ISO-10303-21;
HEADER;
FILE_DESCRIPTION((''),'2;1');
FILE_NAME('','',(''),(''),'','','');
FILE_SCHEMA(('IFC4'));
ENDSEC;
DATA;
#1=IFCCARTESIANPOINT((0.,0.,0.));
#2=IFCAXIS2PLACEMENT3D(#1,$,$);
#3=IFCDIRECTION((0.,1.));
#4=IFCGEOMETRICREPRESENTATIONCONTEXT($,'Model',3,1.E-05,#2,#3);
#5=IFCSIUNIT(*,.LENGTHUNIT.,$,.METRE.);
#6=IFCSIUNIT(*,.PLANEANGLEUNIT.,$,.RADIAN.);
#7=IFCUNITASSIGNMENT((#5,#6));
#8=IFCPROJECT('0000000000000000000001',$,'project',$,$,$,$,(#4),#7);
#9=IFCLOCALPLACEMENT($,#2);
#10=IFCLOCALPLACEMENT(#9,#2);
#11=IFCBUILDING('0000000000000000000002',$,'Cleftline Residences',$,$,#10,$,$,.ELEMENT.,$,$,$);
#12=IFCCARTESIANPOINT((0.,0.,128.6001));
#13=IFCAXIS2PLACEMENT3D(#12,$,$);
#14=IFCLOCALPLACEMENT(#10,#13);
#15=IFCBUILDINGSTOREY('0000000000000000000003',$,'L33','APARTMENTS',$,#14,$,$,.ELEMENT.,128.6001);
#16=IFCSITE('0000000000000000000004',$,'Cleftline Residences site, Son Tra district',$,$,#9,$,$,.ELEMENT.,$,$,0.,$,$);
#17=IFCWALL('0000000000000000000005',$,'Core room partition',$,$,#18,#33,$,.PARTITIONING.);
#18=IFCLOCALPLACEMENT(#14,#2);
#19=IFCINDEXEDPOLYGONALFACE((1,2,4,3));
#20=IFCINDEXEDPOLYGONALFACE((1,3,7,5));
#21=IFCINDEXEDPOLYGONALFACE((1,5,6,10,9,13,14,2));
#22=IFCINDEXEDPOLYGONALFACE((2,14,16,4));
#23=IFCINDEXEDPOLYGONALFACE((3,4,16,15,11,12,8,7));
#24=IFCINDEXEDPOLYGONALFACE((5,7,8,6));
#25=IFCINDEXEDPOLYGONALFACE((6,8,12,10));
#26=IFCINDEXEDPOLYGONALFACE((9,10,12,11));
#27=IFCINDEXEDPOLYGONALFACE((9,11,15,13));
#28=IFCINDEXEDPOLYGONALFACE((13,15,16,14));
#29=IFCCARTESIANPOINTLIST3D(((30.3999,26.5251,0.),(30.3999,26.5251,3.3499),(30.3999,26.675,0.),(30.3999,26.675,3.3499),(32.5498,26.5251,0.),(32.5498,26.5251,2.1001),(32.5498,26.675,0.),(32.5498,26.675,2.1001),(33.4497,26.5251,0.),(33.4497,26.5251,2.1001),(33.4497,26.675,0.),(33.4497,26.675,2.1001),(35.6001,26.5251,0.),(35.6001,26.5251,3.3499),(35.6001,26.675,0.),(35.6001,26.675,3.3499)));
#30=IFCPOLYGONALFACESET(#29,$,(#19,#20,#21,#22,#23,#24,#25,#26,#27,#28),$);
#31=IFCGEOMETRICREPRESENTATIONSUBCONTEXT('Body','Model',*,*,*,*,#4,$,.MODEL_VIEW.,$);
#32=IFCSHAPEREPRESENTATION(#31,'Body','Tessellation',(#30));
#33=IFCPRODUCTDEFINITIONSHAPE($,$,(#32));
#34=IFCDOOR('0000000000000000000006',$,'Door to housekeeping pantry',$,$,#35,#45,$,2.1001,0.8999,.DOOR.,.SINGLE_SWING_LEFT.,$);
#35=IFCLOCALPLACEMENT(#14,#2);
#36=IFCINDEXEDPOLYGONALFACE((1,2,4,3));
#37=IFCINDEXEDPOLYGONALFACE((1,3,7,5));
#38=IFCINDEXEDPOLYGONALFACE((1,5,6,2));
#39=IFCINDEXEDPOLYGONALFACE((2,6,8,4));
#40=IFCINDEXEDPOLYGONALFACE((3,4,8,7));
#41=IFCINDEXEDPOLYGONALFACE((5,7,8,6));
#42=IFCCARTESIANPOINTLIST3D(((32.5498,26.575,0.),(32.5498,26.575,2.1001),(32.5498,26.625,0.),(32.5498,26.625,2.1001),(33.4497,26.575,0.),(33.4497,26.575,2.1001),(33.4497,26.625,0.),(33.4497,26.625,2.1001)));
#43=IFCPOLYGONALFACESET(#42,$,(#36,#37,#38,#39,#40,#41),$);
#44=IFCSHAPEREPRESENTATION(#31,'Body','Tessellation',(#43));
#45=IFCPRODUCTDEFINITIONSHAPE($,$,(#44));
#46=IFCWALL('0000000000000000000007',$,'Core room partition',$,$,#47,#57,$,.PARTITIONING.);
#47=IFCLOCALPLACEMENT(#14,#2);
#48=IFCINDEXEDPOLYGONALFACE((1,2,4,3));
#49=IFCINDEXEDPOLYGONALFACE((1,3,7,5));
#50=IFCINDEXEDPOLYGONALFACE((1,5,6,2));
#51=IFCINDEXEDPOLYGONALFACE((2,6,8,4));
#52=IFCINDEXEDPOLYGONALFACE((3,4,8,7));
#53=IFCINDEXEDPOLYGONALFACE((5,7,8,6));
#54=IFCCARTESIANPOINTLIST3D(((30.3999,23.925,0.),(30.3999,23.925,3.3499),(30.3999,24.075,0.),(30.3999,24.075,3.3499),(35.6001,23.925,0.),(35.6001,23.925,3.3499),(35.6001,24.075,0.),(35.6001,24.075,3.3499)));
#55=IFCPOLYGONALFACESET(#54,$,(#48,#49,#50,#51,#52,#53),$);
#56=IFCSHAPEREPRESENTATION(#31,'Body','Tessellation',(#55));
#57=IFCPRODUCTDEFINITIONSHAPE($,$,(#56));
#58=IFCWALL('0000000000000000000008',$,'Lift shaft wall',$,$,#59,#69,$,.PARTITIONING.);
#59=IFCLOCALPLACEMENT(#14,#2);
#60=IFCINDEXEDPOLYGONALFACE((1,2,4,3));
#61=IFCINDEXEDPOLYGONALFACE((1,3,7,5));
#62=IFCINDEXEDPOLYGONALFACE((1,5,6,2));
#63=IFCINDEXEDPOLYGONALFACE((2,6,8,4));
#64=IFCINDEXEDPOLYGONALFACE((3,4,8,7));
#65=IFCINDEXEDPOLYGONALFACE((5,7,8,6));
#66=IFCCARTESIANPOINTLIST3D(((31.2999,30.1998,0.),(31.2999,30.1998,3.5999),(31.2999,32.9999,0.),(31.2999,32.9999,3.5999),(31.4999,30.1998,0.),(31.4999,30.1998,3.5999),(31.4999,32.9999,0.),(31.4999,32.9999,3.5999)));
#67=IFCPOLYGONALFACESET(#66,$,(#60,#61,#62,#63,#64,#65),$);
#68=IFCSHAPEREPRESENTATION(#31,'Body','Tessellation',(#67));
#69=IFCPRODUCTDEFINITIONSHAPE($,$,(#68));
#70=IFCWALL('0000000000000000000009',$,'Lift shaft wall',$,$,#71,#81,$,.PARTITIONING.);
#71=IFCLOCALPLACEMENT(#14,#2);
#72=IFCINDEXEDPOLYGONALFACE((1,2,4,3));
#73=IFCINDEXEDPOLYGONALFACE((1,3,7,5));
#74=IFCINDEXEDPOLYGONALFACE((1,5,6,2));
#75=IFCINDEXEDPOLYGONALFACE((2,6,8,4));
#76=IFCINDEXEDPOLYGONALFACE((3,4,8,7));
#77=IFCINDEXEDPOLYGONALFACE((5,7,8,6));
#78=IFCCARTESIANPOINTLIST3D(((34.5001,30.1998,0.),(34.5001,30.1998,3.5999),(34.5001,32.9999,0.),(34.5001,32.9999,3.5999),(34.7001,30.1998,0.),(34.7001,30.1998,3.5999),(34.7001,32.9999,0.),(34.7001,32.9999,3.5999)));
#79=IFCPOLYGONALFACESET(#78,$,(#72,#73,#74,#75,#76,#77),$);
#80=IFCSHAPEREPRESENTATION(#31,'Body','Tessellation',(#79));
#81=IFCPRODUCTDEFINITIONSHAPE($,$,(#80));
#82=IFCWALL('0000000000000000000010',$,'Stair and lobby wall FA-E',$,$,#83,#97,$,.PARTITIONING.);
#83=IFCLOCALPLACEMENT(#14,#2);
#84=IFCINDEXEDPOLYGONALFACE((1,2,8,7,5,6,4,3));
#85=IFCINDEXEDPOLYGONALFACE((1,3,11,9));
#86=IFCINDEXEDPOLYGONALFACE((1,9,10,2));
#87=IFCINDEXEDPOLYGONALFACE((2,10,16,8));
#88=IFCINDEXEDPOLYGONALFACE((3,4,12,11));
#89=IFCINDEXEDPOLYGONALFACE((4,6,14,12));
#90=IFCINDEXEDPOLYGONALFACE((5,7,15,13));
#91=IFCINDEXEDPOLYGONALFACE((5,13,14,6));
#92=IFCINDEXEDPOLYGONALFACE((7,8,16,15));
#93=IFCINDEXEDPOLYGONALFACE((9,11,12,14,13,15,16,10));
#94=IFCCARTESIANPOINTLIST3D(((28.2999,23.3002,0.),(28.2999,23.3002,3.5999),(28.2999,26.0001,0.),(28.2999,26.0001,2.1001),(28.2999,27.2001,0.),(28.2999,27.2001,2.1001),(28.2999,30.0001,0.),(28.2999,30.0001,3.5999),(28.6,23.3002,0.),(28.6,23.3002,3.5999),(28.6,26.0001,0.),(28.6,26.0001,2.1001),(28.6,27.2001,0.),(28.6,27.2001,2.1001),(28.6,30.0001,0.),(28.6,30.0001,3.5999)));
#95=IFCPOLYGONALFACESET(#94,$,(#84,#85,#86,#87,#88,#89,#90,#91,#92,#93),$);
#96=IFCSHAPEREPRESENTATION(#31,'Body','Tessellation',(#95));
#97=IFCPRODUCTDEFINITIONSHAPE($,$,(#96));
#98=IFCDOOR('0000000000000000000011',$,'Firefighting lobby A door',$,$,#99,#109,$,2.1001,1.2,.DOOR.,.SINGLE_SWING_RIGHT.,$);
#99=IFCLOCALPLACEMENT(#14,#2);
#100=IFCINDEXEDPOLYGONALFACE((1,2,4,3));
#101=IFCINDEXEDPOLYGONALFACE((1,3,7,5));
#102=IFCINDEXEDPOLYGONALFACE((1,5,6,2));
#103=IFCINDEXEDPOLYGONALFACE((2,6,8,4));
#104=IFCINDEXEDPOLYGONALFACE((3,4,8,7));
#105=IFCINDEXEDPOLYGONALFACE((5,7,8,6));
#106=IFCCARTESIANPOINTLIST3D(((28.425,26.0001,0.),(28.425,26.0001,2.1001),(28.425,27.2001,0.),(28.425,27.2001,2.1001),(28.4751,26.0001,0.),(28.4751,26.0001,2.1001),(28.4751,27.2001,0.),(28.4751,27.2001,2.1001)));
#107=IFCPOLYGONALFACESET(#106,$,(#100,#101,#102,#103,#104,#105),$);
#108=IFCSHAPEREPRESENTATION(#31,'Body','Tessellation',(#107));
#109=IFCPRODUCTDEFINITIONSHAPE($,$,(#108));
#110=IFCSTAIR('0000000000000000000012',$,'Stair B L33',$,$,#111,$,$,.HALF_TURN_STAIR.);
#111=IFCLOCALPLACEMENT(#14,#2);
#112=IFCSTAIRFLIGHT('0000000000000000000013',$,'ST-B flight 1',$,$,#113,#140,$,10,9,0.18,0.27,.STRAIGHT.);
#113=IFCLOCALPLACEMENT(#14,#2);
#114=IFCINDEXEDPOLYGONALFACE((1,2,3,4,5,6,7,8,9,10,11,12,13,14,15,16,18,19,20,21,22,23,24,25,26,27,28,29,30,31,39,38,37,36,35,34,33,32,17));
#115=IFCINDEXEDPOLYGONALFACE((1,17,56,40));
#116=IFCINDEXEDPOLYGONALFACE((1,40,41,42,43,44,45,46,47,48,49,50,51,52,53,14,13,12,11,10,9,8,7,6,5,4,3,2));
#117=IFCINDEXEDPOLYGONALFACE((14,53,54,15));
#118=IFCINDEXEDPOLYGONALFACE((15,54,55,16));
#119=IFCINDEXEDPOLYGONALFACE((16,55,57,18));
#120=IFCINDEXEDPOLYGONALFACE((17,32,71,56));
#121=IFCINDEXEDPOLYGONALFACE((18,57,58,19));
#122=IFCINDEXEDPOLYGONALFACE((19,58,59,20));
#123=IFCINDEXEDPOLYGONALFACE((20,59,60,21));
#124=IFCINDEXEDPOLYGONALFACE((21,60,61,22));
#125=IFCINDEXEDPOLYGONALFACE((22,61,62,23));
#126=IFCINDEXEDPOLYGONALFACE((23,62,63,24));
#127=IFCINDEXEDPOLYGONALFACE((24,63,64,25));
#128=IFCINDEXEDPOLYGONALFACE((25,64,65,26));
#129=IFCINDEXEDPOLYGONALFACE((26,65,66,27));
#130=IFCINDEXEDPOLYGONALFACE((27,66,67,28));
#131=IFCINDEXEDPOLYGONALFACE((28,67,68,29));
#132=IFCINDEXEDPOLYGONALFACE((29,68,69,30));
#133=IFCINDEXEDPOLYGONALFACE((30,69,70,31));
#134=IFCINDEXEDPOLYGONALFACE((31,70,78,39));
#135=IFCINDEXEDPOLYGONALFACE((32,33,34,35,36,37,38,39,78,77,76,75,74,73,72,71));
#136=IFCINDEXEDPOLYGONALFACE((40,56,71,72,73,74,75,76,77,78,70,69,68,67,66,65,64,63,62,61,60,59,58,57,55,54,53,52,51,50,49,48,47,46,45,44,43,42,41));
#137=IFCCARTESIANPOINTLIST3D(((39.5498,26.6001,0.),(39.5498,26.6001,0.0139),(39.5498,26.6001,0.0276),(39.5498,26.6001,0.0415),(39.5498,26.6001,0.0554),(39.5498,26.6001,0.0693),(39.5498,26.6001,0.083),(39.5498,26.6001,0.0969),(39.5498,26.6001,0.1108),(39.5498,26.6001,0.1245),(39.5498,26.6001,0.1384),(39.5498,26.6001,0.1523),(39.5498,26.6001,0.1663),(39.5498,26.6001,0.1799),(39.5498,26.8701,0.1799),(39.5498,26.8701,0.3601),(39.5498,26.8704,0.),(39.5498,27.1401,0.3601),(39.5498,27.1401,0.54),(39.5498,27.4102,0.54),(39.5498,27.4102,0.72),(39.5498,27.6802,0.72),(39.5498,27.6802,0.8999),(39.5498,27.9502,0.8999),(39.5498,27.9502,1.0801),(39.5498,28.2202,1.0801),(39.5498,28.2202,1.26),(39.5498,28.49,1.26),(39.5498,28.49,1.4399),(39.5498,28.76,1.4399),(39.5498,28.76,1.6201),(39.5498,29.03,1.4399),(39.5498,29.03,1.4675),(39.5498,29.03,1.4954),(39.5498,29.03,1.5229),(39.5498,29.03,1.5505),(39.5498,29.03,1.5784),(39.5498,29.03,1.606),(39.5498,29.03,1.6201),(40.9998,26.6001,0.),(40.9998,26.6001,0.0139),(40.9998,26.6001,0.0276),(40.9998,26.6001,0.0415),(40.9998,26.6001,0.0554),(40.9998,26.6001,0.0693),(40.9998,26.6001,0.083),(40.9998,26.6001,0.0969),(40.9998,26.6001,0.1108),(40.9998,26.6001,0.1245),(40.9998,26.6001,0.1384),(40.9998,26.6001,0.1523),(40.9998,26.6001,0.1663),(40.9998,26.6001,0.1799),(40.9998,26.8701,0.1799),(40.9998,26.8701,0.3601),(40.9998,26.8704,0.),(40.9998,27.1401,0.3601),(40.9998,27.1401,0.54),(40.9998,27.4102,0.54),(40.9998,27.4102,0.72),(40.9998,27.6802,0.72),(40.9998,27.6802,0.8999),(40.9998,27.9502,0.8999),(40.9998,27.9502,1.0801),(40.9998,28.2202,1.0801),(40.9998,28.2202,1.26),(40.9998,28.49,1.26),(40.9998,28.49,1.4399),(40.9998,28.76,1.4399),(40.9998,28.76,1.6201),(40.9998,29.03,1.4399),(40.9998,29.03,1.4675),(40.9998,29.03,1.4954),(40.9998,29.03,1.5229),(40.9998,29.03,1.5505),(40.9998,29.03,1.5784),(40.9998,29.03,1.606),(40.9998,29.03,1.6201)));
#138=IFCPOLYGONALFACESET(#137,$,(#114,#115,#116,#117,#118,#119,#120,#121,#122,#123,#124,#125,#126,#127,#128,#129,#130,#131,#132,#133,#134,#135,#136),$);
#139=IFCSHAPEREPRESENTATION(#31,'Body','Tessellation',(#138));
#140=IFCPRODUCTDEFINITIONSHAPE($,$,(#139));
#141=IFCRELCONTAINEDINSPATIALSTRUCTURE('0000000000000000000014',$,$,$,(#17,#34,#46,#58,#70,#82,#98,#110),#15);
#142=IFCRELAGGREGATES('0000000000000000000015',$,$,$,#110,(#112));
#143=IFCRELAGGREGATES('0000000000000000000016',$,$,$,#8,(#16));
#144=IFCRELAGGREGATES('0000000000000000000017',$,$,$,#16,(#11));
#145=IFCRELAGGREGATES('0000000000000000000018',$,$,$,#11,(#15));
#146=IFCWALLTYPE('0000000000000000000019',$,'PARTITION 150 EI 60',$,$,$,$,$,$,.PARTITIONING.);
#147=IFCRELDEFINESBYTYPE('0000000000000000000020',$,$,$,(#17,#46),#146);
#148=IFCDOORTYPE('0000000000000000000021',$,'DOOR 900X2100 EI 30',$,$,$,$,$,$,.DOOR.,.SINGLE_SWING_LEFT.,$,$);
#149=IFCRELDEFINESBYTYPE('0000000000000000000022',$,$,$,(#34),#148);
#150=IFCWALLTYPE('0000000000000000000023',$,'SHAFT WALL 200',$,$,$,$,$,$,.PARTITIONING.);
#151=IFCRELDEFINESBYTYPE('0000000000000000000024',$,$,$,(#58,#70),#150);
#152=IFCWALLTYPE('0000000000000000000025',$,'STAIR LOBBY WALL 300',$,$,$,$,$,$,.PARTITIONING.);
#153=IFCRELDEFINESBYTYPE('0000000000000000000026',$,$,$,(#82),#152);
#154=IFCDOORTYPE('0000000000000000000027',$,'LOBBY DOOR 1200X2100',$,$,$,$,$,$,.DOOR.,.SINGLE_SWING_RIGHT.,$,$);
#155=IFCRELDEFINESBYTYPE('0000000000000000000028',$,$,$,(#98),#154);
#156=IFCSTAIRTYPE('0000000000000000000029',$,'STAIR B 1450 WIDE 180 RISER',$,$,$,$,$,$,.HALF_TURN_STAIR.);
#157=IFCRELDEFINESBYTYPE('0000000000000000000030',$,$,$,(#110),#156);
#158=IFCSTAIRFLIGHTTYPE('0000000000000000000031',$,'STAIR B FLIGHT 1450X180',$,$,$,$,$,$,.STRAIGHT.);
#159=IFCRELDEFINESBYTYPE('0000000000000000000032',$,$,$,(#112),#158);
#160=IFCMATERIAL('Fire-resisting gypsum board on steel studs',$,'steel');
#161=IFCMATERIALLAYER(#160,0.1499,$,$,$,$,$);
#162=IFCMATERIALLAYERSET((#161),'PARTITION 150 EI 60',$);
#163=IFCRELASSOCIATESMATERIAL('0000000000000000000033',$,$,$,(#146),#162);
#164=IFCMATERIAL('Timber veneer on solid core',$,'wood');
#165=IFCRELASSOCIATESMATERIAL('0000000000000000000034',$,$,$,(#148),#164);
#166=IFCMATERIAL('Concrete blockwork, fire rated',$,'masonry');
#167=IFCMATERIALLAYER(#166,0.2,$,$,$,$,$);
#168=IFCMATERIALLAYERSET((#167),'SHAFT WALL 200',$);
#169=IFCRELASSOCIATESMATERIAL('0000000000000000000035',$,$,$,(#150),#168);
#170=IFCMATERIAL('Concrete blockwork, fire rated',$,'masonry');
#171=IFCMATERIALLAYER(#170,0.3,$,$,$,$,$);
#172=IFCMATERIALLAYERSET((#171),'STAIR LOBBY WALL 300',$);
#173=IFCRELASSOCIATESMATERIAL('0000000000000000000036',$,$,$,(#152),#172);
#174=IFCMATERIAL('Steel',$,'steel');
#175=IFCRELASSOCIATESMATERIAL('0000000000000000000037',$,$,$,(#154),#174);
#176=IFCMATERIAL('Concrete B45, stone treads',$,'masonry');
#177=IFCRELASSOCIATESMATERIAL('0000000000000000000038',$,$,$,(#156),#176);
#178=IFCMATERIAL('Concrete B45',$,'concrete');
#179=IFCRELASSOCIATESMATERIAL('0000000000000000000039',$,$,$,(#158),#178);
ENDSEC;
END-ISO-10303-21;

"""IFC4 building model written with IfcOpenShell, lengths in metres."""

from ifc_helpers import new_model, si_unit, direction, frame, frame_2d, origin, place, context, subcontext, project, spatial, polyline, rectangle, outline, extrude, material, layer, layer_set, type_object, element, fill, aggregate, save


model = new_model("IFC4")

# Units and contexts
model_context = context("Model", 3, precision=1e-05, world=origin(), true_north=direction((0.0, 1.0)))
body_context = subcontext(model_context, "Body", "Model", "MODEL_VIEW")
ifc_project = project(units=[si_unit("LENGTHUNIT", "METRE"), si_unit("PLANEANGLEUNIT", "RADIAN")], contexts=[model_context])

# Site, building, storey
site_placement = place(None, origin())
site = spatial("IfcSite", under=ifc_project, at=site_placement, Name="Cleftline Residences site, Son Tra district", CompositionType="ELEMENT", RefElevation=0.0)
building_placement = place(site_placement, origin())
building = spatial("IfcBuilding", under=site, at=building_placement, Name="Cleftline Residences", CompositionType="ELEMENT")
storey_placement = place(building_placement, frame((0.0, 0.0, 128.6001)))
storey = spatial("IfcBuildingStorey", under=building, at=storey_placement, Name="L33", Description="APARTMENTS", CompositionType="ELEMENT", Elevation=128.6001)

# Wall, opening, door
ifc_material_1 = material(Name="Fire-resisting gypsum board on steel studs", Category="steel")
ifc_layer_1 = layer(ifc_material_1, 0.1499)
ifc_layer_set_1 = layer_set([ifc_layer_1], Name="PARTITION 150 EI 60")
wall_type_1 = type_object("IfcWallType", Name="PARTITION 150 EI 60", PredefinedType="PARTITIONING", material=ifc_layer_set_1)
wall_1_placement = place(storey_placement, frame((30.3999, 26.6001, 0.0), z_axis=(0.0, 0.0, 1.0), x_axis=(1.0, 0.0, 0.0)))
wall_1 = element("IfcWall", 1, at=wall_1_placement, inside=storey, type_object=wall_type_1, Name="Core room partition", PredefinedType="PARTITIONING", context=body_context, shape_type="SweptSolid", body=[
    extrude(rectangle(XDim=5.2002, YDim=0.1499, at=frame_2d((2.6001, 0.0))), origin(), (0.0, 0.0, 1.0), 3.3499),
])
opening_1_placement = place(wall_1_placement, frame((2.1499, 0.0, 0.0)))
opening_1 = element("IfcOpeningElement", 2, at=opening_1_placement, cuts=wall_1, PredefinedType="OPENING", context=body_context, shape_type="SweptSolid", body=[
    extrude(rectangle(XDim=0.8999, YDim=2.1001, at=frame_2d((0.45, 1.05))), frame((0.0, 0.085, 0.0), z_axis=(0.0, -1.0, 0.0), x_axis=(1.0, 0.0, 0.0)), (0.0, 0.0, 1.0), 0.1699),
])
ifc_material_2 = material(Name="Timber veneer on solid core", Category="wood")
door_type_1 = type_object("IfcDoorType", Name="DOOR 900X2100 EI 30", OperationType="SINGLE_SWING_LEFT", PredefinedType="DOOR", material=ifc_material_2)
door_1_placement = place(opening_1_placement, origin())
door_1 = element("IfcDoor", 3, at=door_1_placement, inside=storey, type_object=door_type_1, Name="Door to housekeeping pantry", OperationType="SINGLE_SWING_LEFT", OverallHeight=2.1001, OverallWidth=0.8999, PredefinedType="DOOR", context=body_context, shape_type="SweptSolid", body=[
    extrude(rectangle(XDim=0.8999, YDim=2.1001, at=frame_2d((0.45, 1.05))), frame((0.0, 0.0249, 0.0), z_axis=(0.0, -1.0, 0.0), x_axis=(1.0, 0.0, 0.0)), (0.0, 0.0, 1.0), 0.05),
])
fill(opening_1, door_1)

# Walls
wall_2_placement = place(storey_placement, frame((30.3999, 24.0, 0.0), z_axis=(0.0, 0.0, 1.0), x_axis=(1.0, 0.0, 0.0)))
element("IfcWall", 4, at=wall_2_placement, inside=storey, type_object=wall_type_1, Name="Core room partition", PredefinedType="PARTITIONING", context=body_context, shape_type="SweptSolid", body=[
    extrude(rectangle(XDim=5.2002, YDim=0.1499, at=frame_2d((2.6001, 0.0))), origin(), (0.0, 0.0, 1.0), 3.3499),
])
ifc_material_3 = material(Name="Concrete blockwork, fire rated", Category="masonry")
ifc_layer_2 = layer(ifc_material_3, 0.2)
ifc_layer_set_2 = layer_set([ifc_layer_2], Name="SHAFT WALL 200")
wall_type_2 = type_object("IfcWallType", Name="SHAFT WALL 200", PredefinedType="PARTITIONING", material=ifc_layer_set_2)
for number, where, z_axis, x_axis, name in (
    (5, (31.3999, 30.2, 0.0), (0.0, 0.0, 1.0), (0.0, 1.0, 0.0), "Lift shaft wall"),
    (6, (34.6001, 30.2, 0.0), (0.0, 0.0, 1.0), (0.0, 1.0, 0.0), "Lift shaft wall"),
):
    element("IfcWall", number, at=place(storey_placement, frame(where, z_axis=z_axis, x_axis=x_axis)), inside=storey, type_object=wall_type_2, Name=name, PredefinedType="PARTITIONING", context=body_context, shape_type="SweptSolid", body=[
        extrude(rectangle(XDim=2.8, YDim=0.2, at=frame_2d((1.3999, 0.0))), origin(), (0.0, 0.0, 1.0), 3.5999),
    ])

# Wall, opening, door
ifc_material_4 = material(Name="Concrete blockwork, fire rated", Category="masonry")
ifc_layer_3 = layer(ifc_material_4, 0.3)
ifc_layer_set_3 = layer_set([ifc_layer_3], Name="STAIR LOBBY WALL 300")
wall_type_3 = type_object("IfcWallType", Name="STAIR LOBBY WALL 300", PredefinedType="PARTITIONING", material=ifc_layer_set_3)
wall_3_placement = place(storey_placement, frame((28.45, 23.3, 0.0), z_axis=(0.0, 0.0, 1.0), x_axis=(0.0, 1.0, 0.0)))
wall_3 = element("IfcWall", 7, at=wall_3_placement, inside=storey, type_object=wall_type_3, Name="Stair and lobby wall FA-E", PredefinedType="PARTITIONING", context=body_context, shape_type="SweptSolid", body=[
    extrude(rectangle(XDim=6.7, YDim=0.3, at=frame_2d((3.3501, 0.0))), origin(), (0.0, 0.0, 1.0), 3.5999),
])
opening_2_placement = place(wall_3_placement, frame((2.7, 0.0, 0.0)))
opening_2 = element("IfcOpeningElement", 8, at=opening_2_placement, cuts=wall_3, PredefinedType="OPENING", context=body_context, shape_type="SweptSolid", body=[
    extrude(rectangle(XDim=1.2, YDim=2.1001, at=frame_2d((0.6001, 1.05))), frame((0.0, 0.1599, 0.0), z_axis=(0.0, -1.0, 0.0), x_axis=(1.0, 0.0, 0.0)), (0.0, 0.0, 1.0), 0.3201),
])
ifc_material_5 = material(Name="Steel", Category="steel")
door_type_2 = type_object("IfcDoorType", Name="LOBBY DOOR 1200X2100", OperationType="SINGLE_SWING_RIGHT", PredefinedType="DOOR", material=ifc_material_5)
door_2_placement = place(opening_2_placement, origin())
door_2 = element("IfcDoor", 9, at=door_2_placement, inside=storey, type_object=door_type_2, Name="Firefighting lobby A door", OperationType="SINGLE_SWING_RIGHT", OverallHeight=2.1001, OverallWidth=1.2, PredefinedType="DOOR", context=body_context, shape_type="SweptSolid", body=[
    extrude(rectangle(XDim=1.2, YDim=2.1001, at=frame_2d((0.6001, 1.05))), frame((0.0, 0.0249, 0.0), z_axis=(0.0, -1.0, 0.0), x_axis=(1.0, 0.0, 0.0)), (0.0, 0.0, 1.0), 0.05),
])
fill(opening_2, door_2)

# Stair, stair flight
ifc_material_6 = material(Name="Concrete B45, stone treads", Category="masonry")
stair_type = type_object("IfcStairType", Name="STAIR B 1450 WIDE 180 RISER", PredefinedType="HALF_TURN_STAIR", material=ifc_material_6)
stair_placement = place(storey_placement, origin())
stair = element("IfcStair", 10, at=stair_placement, inside=storey, type_object=stair_type, Name="Stair B L33", PredefinedType="HALF_TURN_STAIR")
ifc_material_7 = material(Name="Concrete B45", Category="concrete")
stair_flight_type = type_object("IfcStairFlightType", Name="STAIR B FLIGHT 1450X180", PredefinedType="STRAIGHT", material=ifc_material_7)
stair_flight_1_placement = place(storey_placement, frame((40.2749, 26.6001, 0.0), z_axis=(0.0, 0.0, 1.0), x_axis=(0.0, 1.0, 0.0)))
stair_flight_1 = element("IfcStairFlight", 11, at=stair_flight_1_placement, type_object=stair_flight_type, Name="ST-B flight 1", NumberOfRisers=10, NumberOfTreads=9, PredefinedType="STRAIGHT", RiserHeight=0.18, TreadLength=0.27, context=body_context, shape_type="SweptSolid", body=[
    extrude(outline(polyline([(0.0, 0.0), (0.0, 0.0139), (0.0, 0.0276), (0.0, 0.0415), (0.0, 0.0554), (0.0, 0.0693), (0.0, 0.083), (0.0, 0.0969), (0.0, 0.1108), (0.0, 0.1245), (0.0, 0.1384), (0.0, 0.1523), (0.0, 0.1663), (0.0, 0.1799), (0.27, 0.1799), (0.27, 0.3601), (0.54, 0.3601), (0.54, 0.54), (0.8101, 0.54), (0.8101, 0.72), (1.0801, 0.72), (1.0801, 0.8999), (1.3501, 0.8999), (1.3501, 1.0801), (1.6201, 1.0801), (1.6201, 1.26), (1.8899, 1.26), (1.8899, 1.4399), (2.1599, 1.4399), (2.1599, 1.6201), (2.4299, 1.6201), (2.4299, 1.8), (2.4299, 1.7722), (2.4299, 1.7446), (2.4299, 1.7168), (2.4299, 1.6892), (2.4299, 1.6614), (2.4299, 1.6338), (2.4299, 1.606), (2.4299, 1.5784), (2.4299, 1.5505), (2.4299, 1.5229), (2.4299, 1.4954), (2.4299, 1.4675), (2.4299, 1.4399), (0.2703, 0.0), (0.0, 0.0)])), frame((0.0, 0.7251, 0.0), z_axis=(0.0, -1.0, 0.0), x_axis=(1.0, 0.0, 0.0)), (0.0, 0.0, 1.0), 1.45),
])
aggregate(stair, [stair_flight_1])

save(model, "model.ifc")
